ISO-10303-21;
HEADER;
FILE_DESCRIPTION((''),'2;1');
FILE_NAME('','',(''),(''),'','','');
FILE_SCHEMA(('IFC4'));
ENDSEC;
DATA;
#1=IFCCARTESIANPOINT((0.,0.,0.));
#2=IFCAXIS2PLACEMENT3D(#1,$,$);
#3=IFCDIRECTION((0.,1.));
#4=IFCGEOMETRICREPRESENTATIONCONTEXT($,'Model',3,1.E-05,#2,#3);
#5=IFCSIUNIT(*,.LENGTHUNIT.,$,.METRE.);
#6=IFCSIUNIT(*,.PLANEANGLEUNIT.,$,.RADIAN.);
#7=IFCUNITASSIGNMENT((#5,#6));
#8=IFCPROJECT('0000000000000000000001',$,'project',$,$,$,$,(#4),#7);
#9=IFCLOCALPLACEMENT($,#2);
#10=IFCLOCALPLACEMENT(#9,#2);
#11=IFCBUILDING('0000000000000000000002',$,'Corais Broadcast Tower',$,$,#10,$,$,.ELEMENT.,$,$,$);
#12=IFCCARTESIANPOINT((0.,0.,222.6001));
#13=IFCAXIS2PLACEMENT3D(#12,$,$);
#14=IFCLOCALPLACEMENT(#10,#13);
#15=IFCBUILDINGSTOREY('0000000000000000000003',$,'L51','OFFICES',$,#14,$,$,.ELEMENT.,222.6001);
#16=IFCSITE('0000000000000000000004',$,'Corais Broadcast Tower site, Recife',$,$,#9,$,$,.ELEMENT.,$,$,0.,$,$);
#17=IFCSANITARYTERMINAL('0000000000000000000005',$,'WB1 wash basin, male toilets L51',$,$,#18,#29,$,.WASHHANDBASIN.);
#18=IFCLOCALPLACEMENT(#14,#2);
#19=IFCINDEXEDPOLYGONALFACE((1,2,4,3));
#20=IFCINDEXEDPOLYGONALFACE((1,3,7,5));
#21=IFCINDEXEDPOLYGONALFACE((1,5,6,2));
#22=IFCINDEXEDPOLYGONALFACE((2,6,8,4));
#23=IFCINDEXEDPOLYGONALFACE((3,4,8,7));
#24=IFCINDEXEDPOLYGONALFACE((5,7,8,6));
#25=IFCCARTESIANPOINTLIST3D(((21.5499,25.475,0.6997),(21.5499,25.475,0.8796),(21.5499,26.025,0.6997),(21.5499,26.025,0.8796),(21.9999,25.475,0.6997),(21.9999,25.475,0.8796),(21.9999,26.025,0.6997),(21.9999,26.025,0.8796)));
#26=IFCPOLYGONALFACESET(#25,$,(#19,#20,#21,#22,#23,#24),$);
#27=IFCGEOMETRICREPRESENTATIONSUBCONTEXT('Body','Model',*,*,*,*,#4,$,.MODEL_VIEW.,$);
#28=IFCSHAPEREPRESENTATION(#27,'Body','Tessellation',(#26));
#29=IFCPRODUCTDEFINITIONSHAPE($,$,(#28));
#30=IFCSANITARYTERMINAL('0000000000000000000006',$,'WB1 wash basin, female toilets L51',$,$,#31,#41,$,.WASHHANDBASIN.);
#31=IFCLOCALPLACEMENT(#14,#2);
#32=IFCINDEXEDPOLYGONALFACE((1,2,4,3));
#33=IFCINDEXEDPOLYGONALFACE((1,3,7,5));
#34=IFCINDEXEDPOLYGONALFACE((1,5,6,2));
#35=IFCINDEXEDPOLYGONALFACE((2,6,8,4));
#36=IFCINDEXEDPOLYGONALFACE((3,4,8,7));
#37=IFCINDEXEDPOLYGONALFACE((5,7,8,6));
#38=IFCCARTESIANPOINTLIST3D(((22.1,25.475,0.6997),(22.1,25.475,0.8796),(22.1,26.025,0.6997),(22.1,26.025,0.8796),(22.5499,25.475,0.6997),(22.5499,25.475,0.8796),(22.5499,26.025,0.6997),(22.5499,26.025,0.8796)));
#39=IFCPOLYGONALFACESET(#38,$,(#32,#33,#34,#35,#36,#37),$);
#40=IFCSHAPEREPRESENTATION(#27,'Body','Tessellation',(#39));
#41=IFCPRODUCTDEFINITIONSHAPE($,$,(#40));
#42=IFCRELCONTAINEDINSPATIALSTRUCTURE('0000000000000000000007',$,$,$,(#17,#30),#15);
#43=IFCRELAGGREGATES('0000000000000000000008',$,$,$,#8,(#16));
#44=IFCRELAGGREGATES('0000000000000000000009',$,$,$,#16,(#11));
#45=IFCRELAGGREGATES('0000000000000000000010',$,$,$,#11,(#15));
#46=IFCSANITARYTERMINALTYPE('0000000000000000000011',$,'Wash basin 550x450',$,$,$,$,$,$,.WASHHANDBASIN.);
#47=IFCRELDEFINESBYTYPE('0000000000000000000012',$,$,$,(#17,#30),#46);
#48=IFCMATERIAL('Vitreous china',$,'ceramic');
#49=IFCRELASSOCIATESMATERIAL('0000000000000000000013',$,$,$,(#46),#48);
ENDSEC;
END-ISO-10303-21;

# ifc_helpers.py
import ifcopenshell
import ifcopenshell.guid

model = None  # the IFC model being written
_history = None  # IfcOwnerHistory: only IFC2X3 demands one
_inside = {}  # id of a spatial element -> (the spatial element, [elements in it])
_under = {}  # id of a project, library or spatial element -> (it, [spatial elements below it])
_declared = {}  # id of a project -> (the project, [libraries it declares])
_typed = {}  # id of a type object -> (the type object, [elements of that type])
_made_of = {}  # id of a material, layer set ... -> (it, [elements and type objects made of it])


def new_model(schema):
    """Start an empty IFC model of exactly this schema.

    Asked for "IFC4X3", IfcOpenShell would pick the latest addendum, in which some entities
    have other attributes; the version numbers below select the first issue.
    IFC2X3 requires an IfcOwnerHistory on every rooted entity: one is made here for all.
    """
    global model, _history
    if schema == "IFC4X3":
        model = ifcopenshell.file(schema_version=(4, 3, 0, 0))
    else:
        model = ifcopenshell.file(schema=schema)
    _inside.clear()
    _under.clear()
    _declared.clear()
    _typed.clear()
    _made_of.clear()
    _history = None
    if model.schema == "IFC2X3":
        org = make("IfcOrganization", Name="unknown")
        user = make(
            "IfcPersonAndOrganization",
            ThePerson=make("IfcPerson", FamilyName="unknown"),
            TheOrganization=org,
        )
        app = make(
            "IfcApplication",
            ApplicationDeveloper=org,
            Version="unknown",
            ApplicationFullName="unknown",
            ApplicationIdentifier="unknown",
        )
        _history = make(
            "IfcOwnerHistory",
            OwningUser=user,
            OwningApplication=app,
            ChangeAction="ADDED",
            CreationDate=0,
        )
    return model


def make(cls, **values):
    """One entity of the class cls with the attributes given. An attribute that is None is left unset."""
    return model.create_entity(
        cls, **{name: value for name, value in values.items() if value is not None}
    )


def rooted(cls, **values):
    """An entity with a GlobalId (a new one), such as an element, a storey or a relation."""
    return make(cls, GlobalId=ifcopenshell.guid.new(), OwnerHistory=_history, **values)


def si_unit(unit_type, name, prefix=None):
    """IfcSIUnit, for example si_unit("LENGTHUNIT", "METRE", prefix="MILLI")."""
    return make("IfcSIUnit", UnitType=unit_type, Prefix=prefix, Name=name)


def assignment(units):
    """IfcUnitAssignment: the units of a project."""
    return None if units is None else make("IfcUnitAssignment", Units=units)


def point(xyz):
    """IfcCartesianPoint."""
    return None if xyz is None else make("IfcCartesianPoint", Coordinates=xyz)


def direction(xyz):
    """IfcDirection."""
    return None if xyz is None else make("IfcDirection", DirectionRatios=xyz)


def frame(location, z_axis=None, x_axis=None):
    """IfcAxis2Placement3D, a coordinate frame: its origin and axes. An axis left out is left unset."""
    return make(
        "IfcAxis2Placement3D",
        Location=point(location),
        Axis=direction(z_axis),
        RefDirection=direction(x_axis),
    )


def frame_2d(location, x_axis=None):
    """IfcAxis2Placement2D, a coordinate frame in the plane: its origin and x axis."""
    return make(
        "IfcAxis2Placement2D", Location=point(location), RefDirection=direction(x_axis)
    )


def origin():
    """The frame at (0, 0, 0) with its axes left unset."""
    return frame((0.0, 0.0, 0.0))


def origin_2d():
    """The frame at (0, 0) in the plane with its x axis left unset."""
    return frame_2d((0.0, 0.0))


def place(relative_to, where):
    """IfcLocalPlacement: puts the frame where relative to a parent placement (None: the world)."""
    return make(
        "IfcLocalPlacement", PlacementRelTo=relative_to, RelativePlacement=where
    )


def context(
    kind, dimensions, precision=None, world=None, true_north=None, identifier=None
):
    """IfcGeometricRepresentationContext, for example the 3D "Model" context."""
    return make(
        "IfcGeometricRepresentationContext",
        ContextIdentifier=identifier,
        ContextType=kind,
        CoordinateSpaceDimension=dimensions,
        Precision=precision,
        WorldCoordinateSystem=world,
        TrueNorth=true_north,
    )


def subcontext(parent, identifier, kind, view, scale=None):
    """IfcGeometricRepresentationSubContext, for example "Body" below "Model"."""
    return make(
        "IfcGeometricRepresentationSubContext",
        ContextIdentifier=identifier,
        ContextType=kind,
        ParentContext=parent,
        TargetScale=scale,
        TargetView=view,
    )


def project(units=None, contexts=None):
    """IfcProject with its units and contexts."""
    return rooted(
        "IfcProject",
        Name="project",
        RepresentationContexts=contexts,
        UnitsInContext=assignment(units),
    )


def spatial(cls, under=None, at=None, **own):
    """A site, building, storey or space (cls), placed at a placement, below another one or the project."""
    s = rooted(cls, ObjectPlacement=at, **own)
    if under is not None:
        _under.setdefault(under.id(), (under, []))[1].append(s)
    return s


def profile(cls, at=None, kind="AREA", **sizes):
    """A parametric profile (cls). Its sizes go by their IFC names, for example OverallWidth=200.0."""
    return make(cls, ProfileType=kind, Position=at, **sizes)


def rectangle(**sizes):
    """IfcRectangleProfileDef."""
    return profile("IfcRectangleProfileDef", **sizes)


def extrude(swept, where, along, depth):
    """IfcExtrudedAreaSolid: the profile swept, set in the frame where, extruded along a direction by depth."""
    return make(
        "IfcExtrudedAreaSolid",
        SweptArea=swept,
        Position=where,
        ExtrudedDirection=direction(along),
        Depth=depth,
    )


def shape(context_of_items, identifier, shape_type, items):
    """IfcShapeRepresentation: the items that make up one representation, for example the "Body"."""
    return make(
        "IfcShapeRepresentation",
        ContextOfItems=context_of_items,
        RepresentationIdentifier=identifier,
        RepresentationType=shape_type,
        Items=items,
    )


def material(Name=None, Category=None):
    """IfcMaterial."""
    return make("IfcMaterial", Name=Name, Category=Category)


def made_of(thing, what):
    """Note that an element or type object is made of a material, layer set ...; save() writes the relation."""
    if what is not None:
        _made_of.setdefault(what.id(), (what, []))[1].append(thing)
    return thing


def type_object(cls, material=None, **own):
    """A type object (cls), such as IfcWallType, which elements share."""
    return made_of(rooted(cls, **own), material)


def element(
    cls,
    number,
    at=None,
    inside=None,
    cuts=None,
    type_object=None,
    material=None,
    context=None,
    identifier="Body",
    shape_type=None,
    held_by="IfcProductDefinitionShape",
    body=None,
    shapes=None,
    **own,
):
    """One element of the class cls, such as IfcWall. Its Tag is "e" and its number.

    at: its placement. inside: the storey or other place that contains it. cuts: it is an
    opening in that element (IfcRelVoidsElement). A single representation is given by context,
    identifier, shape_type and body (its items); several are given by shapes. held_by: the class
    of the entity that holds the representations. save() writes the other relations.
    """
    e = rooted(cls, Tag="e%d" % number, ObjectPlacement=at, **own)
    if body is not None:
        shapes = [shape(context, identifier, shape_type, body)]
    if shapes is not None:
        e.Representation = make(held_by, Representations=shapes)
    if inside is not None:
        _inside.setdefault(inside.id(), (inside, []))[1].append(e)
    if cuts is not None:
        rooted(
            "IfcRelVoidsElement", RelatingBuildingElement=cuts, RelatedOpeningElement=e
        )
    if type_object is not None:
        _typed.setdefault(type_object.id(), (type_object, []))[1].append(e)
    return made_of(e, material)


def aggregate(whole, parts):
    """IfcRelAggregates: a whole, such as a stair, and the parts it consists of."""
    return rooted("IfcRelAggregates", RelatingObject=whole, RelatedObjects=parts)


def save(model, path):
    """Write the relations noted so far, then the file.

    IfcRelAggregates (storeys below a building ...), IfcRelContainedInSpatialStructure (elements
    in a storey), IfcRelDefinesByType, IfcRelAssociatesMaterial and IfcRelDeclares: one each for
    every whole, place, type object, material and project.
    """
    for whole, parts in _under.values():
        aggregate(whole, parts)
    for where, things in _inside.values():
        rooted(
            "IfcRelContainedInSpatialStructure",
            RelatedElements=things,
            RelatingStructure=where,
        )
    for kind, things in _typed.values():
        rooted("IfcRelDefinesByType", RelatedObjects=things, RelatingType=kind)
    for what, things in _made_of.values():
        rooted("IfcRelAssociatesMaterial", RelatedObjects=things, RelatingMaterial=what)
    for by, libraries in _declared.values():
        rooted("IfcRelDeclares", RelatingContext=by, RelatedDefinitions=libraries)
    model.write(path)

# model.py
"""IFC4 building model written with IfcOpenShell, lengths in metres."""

from ifc_helpers import new_model, si_unit, direction, frame, origin, origin_2d, place, context, subcontext, project, spatial, rectangle, extrude, material, type_object, element, save


model = new_model("IFC4")

# Units and contexts
model_context = context("Model", 3, precision=1e-05, world=origin(), true_north=direction((0.0, 1.0)))
body_context = subcontext(model_context, "Body", "Model", "MODEL_VIEW")
ifc_project = project(units=[si_unit("LENGTHUNIT", "METRE"), si_unit("PLANEANGLEUNIT", "RADIAN")], contexts=[model_context])

# Site, building, storey
site_placement = place(None, origin())
site = spatial("IfcSite", under=ifc_project, at=site_placement, Name="Corais Broadcast Tower site, Recife", CompositionType="ELEMENT", RefElevation=0.0)
building_placement = place(site_placement, origin())
building = spatial("IfcBuilding", under=site, at=building_placement, Name="Corais Broadcast Tower", CompositionType="ELEMENT")
storey_placement = place(building_placement, frame((0.0, 0.0, 222.6001)))
storey = spatial("IfcBuildingStorey", under=building, at=storey_placement, Name="L51", Description="OFFICES", CompositionType="ELEMENT", Elevation=222.6001)

# Sanitary terminals
ifc_material_1 = material(Name="Vitreous china", Category="ceramic")
sanitary_terminal_type_1 = type_object("IfcSanitaryTerminalType", Name="Wash basin 550x450", PredefinedType="WASHHANDBASIN", material=ifc_material_1)
for number, where, z_axis, x_axis, name in (
    (1, (21.7749, 25.75, 0.6997), (0.0, 0.0, 1.0), (1.0, 0.0, 0.0), "WB1 wash basin, male toilets L51"),
    (2, (22.325, 25.75, 0.6997), (0.0, 0.0, 1.0), (1.0, 0.0, 0.0), "WB1 wash basin, female toilets L51"),
):
    element("IfcSanitaryTerminal", number, at=place(storey_placement, frame(where, z_axis=z_axis, x_axis=x_axis)), inside=storey, type_object=sanitary_terminal_type_1, Name=name, PredefinedType="WASHHANDBASIN", context=body_context, shape_type="SweptSolid", body=[
        extrude(rectangle(XDim=0.45, YDim=0.55, at=origin_2d()), origin(), (0.0, 0.0, 1.0), 0.1799),
    ])

save(model, "model.ifc")
